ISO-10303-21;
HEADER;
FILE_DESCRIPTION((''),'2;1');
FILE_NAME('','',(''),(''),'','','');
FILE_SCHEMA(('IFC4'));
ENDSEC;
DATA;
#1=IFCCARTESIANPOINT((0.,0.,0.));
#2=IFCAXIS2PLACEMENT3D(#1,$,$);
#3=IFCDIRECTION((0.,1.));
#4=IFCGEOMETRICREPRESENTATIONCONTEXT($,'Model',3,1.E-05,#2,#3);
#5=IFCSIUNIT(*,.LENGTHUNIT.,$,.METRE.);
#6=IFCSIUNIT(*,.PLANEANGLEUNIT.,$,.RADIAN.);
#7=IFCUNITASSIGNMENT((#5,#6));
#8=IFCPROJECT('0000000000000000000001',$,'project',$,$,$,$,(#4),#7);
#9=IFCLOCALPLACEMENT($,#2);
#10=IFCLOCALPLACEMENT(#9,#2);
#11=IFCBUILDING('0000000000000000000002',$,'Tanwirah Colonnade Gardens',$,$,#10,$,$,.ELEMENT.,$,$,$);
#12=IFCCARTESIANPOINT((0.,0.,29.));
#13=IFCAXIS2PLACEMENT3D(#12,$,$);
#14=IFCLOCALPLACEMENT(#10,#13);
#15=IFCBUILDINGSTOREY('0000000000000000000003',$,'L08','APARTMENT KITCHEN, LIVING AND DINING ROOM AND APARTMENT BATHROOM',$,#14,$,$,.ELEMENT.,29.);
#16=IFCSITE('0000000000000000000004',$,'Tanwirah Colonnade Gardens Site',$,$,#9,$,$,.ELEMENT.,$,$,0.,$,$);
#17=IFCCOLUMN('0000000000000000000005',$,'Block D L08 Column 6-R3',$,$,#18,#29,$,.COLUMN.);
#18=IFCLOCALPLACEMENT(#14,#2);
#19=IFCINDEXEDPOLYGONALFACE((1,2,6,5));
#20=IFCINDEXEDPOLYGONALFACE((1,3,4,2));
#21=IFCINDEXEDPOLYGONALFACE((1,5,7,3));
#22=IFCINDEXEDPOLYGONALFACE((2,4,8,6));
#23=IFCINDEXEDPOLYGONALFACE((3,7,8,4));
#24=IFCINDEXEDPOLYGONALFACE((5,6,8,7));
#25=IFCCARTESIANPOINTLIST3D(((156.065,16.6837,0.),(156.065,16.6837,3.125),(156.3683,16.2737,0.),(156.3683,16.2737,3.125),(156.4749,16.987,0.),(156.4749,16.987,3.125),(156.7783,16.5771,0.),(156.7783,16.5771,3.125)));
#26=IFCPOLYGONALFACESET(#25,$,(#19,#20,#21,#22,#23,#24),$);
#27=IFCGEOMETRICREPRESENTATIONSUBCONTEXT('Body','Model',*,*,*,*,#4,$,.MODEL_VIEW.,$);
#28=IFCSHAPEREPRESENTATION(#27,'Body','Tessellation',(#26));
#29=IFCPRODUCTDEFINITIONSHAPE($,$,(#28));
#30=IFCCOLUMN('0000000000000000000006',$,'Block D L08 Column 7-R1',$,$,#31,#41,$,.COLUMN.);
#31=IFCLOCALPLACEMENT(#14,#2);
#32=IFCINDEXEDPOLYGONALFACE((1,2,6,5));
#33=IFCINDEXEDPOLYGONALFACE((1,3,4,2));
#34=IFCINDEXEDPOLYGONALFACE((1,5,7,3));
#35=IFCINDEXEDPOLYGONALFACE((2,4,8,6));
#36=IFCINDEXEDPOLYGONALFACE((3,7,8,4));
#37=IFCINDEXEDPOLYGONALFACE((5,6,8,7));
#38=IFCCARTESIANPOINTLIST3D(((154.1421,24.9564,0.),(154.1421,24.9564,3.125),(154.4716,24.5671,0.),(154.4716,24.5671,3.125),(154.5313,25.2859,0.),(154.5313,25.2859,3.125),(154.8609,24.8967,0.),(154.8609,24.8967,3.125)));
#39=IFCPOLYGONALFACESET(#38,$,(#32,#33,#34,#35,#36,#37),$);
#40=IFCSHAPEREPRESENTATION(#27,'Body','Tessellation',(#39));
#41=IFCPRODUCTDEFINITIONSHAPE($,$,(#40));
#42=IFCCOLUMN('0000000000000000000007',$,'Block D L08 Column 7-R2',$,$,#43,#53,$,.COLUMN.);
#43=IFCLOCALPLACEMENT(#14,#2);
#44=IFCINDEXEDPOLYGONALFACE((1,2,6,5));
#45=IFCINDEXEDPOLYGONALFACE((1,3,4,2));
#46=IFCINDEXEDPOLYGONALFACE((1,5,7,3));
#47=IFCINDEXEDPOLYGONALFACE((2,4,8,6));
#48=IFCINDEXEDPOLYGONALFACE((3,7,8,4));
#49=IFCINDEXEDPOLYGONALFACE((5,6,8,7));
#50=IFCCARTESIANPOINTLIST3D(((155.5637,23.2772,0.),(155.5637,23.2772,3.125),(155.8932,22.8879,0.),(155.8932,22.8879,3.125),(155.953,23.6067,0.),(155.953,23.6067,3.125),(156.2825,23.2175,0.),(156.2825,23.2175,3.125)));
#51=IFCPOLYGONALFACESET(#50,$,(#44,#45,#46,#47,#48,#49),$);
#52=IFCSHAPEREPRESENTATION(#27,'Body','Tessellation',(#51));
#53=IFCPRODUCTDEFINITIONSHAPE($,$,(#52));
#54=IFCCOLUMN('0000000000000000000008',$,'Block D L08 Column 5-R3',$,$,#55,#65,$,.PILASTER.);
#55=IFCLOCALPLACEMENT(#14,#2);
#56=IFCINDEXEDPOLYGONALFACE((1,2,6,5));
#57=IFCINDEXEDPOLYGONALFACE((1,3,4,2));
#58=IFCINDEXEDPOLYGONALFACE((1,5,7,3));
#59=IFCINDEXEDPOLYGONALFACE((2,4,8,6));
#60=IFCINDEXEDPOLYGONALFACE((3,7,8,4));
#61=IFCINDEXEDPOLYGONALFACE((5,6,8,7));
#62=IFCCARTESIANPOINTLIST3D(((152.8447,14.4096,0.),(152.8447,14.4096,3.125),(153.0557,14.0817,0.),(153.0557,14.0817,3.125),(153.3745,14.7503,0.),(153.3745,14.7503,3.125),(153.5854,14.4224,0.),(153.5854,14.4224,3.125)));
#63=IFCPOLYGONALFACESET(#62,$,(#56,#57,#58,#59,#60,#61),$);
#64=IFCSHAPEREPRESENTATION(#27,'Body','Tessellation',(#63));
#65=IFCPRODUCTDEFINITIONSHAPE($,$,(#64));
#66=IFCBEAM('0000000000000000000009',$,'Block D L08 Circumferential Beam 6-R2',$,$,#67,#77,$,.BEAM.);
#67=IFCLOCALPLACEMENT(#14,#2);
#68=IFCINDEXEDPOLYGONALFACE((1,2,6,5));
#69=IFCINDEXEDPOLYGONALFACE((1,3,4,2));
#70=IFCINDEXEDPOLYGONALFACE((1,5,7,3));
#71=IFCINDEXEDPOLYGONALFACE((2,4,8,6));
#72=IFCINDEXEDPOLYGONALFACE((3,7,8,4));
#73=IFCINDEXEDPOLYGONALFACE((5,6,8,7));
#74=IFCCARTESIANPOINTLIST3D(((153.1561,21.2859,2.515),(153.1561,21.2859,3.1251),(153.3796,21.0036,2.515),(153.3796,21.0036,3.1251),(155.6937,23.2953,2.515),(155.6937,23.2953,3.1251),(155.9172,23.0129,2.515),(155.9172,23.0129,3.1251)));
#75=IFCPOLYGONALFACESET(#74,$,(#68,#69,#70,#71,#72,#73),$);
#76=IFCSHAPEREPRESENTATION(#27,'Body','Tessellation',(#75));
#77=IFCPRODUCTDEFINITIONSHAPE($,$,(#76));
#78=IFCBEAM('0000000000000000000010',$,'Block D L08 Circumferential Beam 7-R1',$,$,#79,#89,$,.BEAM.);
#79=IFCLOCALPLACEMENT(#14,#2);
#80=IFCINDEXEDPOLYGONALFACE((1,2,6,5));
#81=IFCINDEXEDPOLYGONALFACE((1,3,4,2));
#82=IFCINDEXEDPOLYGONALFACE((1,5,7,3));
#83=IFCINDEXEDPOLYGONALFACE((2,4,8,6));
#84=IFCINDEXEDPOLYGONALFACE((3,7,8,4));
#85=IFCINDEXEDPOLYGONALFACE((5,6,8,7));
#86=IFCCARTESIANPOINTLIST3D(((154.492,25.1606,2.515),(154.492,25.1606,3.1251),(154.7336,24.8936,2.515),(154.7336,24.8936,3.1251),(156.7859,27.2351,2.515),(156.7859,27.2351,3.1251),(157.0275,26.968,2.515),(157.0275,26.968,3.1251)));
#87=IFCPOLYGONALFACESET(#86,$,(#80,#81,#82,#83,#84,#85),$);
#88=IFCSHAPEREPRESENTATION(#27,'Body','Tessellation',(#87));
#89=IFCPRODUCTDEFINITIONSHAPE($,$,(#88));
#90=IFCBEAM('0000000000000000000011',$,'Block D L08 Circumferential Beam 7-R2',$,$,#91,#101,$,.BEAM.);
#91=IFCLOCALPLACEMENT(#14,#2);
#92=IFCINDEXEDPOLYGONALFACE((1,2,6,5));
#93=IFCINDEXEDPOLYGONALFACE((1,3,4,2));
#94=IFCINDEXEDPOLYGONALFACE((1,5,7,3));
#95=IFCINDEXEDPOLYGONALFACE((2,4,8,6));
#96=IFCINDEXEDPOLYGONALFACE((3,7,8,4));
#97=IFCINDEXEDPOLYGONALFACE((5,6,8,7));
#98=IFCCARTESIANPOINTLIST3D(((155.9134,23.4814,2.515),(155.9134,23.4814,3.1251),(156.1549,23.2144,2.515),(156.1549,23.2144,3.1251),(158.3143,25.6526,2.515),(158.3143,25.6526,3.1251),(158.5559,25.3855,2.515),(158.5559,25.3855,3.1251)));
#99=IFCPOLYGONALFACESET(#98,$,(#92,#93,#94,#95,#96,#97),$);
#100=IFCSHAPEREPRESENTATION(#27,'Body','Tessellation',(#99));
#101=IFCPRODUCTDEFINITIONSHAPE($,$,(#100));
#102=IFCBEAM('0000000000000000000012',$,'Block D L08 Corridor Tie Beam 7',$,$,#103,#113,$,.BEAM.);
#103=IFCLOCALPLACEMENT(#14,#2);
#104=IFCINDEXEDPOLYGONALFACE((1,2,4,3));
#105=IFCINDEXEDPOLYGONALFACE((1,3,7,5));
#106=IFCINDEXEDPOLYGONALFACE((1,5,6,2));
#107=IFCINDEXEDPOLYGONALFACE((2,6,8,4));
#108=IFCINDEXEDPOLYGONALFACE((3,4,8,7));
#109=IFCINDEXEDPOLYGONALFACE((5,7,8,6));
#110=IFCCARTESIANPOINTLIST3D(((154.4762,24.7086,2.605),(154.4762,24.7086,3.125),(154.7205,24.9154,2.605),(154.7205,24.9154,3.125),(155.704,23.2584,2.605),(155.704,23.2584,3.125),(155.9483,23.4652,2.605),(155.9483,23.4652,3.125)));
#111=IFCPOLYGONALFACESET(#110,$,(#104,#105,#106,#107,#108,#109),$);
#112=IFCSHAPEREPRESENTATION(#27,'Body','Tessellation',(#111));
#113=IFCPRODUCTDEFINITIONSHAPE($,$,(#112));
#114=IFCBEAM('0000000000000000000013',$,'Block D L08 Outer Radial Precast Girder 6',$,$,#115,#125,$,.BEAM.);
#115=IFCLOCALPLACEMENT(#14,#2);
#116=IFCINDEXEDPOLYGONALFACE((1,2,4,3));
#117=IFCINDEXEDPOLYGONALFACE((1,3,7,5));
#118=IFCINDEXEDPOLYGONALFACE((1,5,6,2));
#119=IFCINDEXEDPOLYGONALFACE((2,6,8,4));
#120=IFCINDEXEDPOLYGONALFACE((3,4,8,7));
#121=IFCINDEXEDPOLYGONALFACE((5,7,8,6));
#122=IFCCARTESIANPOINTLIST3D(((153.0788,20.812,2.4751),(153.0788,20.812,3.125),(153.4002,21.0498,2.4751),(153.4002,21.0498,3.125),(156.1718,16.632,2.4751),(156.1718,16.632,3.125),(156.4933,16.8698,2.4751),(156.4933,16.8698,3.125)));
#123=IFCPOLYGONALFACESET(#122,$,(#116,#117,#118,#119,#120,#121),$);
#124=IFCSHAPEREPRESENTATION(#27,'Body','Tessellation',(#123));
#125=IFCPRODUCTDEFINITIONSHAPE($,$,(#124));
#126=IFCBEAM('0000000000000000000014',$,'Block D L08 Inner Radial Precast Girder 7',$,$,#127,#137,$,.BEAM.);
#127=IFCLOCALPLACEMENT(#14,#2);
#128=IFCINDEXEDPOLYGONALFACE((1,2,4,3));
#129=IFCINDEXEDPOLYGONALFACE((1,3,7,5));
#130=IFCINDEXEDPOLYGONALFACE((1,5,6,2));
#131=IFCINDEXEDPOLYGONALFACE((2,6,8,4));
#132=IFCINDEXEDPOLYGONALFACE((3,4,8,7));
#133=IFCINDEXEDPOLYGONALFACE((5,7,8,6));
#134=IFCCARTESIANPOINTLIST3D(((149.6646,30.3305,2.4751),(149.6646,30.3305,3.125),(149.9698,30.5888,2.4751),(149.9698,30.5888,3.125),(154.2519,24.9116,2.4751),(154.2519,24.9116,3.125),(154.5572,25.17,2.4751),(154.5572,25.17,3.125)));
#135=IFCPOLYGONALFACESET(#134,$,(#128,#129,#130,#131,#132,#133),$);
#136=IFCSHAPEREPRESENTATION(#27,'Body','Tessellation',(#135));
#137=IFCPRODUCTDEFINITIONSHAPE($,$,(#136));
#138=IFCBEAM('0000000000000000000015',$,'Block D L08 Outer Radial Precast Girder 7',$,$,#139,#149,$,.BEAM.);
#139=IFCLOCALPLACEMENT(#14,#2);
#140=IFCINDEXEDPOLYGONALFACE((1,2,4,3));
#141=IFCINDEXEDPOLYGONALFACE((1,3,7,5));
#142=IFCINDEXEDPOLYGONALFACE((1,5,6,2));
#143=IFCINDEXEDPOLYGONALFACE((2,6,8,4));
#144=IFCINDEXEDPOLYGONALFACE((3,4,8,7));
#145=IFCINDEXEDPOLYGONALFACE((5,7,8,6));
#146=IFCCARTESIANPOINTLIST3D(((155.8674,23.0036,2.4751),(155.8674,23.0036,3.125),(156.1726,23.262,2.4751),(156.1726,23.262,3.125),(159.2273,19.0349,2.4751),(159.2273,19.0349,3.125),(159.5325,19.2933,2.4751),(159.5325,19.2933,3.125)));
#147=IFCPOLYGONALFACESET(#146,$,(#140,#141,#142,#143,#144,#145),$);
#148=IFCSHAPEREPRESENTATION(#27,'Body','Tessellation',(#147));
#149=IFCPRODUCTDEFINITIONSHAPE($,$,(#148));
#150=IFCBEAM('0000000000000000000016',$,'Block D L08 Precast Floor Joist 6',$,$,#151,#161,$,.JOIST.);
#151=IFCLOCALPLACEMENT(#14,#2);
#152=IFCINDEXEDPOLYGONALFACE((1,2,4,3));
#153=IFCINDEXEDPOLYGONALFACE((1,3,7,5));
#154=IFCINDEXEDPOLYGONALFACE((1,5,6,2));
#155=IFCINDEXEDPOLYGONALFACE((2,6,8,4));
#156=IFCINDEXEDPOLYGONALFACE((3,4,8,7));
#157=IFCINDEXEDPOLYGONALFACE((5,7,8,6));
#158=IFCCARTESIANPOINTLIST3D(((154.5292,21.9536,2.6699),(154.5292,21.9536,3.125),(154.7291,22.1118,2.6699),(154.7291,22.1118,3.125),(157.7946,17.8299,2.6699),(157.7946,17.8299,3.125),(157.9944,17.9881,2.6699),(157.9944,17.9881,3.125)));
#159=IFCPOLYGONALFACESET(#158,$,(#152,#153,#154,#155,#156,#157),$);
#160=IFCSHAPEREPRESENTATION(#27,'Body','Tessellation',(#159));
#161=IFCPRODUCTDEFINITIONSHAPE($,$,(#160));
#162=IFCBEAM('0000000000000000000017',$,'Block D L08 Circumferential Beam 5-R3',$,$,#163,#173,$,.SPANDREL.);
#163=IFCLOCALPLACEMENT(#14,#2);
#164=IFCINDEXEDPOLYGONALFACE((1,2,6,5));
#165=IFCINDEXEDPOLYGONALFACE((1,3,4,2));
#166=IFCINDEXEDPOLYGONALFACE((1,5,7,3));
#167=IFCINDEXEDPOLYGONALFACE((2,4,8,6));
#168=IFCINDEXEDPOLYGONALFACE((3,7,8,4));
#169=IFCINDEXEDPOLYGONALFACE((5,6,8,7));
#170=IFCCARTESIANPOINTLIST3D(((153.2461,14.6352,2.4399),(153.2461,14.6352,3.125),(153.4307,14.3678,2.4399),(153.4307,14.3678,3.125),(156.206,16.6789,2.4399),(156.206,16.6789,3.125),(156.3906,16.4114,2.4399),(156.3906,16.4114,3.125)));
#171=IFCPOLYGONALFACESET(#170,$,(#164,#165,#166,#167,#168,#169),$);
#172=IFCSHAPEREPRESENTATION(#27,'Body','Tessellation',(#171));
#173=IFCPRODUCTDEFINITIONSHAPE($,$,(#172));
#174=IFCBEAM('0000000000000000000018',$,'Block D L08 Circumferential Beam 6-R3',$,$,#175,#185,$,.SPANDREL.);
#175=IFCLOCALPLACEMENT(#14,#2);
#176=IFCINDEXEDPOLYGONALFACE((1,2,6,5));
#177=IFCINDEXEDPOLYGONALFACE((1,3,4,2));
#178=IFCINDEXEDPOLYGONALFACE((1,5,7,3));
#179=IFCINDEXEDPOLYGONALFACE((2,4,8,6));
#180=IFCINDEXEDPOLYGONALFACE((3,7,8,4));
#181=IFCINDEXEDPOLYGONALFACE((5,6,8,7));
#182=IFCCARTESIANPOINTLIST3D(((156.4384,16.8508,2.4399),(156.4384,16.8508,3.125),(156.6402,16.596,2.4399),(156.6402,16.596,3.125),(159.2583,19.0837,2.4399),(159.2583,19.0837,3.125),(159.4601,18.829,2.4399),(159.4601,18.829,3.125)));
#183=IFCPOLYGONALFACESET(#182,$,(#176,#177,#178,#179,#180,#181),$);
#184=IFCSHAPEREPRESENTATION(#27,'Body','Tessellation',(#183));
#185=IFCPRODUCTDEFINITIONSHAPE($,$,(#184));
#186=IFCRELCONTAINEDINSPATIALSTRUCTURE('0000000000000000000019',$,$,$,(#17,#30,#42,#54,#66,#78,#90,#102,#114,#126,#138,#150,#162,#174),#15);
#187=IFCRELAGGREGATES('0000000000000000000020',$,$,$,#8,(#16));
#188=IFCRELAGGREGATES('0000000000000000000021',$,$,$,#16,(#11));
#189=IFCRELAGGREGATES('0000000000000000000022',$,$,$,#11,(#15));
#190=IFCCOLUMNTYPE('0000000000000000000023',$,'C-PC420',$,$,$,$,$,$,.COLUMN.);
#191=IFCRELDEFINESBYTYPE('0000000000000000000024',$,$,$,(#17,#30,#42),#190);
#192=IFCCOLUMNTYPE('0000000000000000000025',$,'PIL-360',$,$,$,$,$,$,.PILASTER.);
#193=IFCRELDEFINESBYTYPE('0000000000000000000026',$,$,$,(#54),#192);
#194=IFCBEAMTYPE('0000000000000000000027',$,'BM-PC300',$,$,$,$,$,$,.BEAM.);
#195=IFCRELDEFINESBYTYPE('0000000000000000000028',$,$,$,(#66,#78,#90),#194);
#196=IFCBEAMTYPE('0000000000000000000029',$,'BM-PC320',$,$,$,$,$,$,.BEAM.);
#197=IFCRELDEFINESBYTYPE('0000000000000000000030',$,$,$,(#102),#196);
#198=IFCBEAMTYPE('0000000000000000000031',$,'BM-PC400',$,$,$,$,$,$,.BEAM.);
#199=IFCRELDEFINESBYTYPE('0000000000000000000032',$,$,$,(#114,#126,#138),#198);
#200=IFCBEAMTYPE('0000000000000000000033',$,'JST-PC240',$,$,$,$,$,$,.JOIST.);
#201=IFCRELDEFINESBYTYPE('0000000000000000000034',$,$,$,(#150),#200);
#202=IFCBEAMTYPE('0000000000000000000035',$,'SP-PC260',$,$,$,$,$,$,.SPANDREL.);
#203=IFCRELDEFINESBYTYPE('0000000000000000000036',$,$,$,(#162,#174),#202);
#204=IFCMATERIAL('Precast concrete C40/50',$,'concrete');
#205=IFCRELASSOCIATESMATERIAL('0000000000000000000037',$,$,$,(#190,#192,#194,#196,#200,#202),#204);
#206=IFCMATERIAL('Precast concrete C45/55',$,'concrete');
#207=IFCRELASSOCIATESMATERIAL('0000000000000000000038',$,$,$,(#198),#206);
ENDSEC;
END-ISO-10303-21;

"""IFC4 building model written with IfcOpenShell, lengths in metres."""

from ifc_helpers import new_model, si_unit, direction, frame, origin, origin_2d, place, context, subcontext, project, spatial, rectangle, extrude, material, material_profile, profile_set, type_object, element, save


model = new_model("IFC4")

# Units and contexts
model_context = context("Model", 3, precision=1e-05, world=origin(), true_north=direction((0.0, 1.0)))
body_context = subcontext(model_context, "Body", "Model", "MODEL_VIEW")
ifc_project = project(units=[si_unit("LENGTHUNIT", "METRE"), si_unit("PLANEANGLEUNIT", "RADIAN")], contexts=[model_context])

# Site, building, storey
site_placement = place(None, origin())
site = spatial("IfcSite", under=ifc_project, at=site_placement, Name="Tanwirah Colonnade Gardens Site", CompositionType="ELEMENT", RefElevation=0.0)
building_placement = place(site_placement, origin())
building = spatial("IfcBuilding", under=site, at=building_placement, Name="Tanwirah Colonnade Gardens", CompositionType="ELEMENT")
storey_placement = place(building_placement, frame((0.0, 0.0, 29.0)))
storey = spatial("IfcBuildingStorey", under=building, at=storey_placement, Name="L08", Description="APARTMENT KITCHEN, LIVING AND DINING ROOM AND APARTMENT BATHROOM", CompositionType="ELEMENT", Elevation=29.0)

# Columns
ifc_material_1 = material(Name="Precast concrete C40/50", Category="concrete")
ifc_material_profile_1 = material_profile(ifc_material_1, rectangle(XDim=0.51, YDim=0.51, at=origin_2d()), Name="PC-COL 510x510")
ifc_profile_set_1 = profile_set([ifc_material_profile_1], Name="Precast concrete C40/50")
column_type_1 = type_object("IfcColumnType", Name="C-PC420", PredefinedType="COLUMN", material=ifc_profile_set_1)
for number, where, z_axis, x_axis, name in (
    (1, (156.4216, 16.6304, 0.0), (0.0, 0.0, 1.0), (0.594823, -0.803857, 0.0), "Block D L08 Column 6-R3"),
    (2, (154.5015, 24.9265, 0.0), (0.0, 0.0, 1.0), (0.646124, -0.763232, 0.0), "Block D L08 Column 7-R1"),
    (3, (155.9231, 23.2473, 0.0), (0.0, 0.0, 1.0), (0.646124, -0.763232, 0.0), "Block D L08 Column 7-R2"),
):
    element("IfcColumn", number, at=place(storey_placement, frame(where, z_axis=z_axis, x_axis=x_axis)), inside=storey, type_object=column_type_1, Name=name, PredefinedType="COLUMN", context=body_context, shape_type="SweptSolid", body=[
        extrude(rectangle(XDim=0.51, YDim=0.51, at=origin_2d()), origin(), (0.0, 0.0, 1.0), 3.125),
    ])
ifc_material_profile_2 = material_profile(ifc_material_1, rectangle(XDim=0.3899, YDim=0.6299, at=origin_2d()), Name="PC-PIL 390x630")
ifc_profile_set_2 = profile_set([ifc_material_profile_2], Name="Precast concrete C40/50")
column_type_2 = type_object("IfcColumnType", Name="PIL-360", PredefinedType="PILASTER", material=ifc_profile_set_2)
column_placement = place(storey_placement, frame((153.2151, 14.416, 0.0), z_axis=(0.0, 0.0, 1.0), x_axis=(0.540974, -0.841039, 0.0)))
element("IfcColumn", 4, at=column_placement, inside=storey, type_object=column_type_2, Name="Block D L08 Column 5-R3", PredefinedType="PILASTER", context=body_context, shape_type="SweptSolid", body=[
    extrude(rectangle(XDim=0.3899, YDim=0.6299, at=origin_2d()), origin(), (0.0, 0.0, 1.0), 3.125),
])

# Beams
ifc_material_profile_3 = material_profile(ifc_material_1, rectangle(XDim=0.3601, YDim=0.6101, at=origin_2d()), Name="PC-BM 360x610")
ifc_profile_set_3 = profile_set([ifc_material_profile_3], Name="Precast concrete C40/50")
beam_type_1 = type_object("IfcBeamType", Name="BM-PC300", PredefinedType="BEAM", material=ifc_profile_set_3)
beam_1_placement = place(storey_placement, frame((153.2678, 21.1448, 2.8201), z_axis=(0.783994, 0.620769, 0.0), x_axis=(-0.620769, 0.783994, 0.0)))
element("IfcBeam", 5, at=beam_1_placement, inside=storey, type_object=beam_type_1, Name="Block D L08 Circumferential Beam 6-R2", PredefinedType="BEAM", context=body_context, shape_type="SweptSolid", body=[
    extrude(rectangle(XDim=0.3601, YDim=0.6101, at=origin_2d()), origin(), (0.0, 0.0, 1.0), 3.2368),
])
beam_2_placement = place(storey_placement, frame((154.6128, 25.0271, 2.8201), z_axis=(0.741698, 0.670733, 0.0), x_axis=(-0.670733, 0.741698, 0.0)))
element("IfcBeam", 6, at=beam_2_placement, inside=storey, type_object=beam_type_1, Name="Block D L08 Circumferential Beam 7-R1", PredefinedType="BEAM", context=body_context, shape_type="SweptSolid", body=[
    extrude(rectangle(XDim=0.3601, YDim=0.6101, at=origin_2d()), origin(), (0.0, 0.0, 1.0), 3.0928),
])
beam_3_placement = place(storey_placement, frame((156.0342, 23.3479, 2.8201), z_axis=(0.741702, 0.67073, 0.0), x_axis=(-0.67073, 0.741702, 0.0)))
element("IfcBeam", 7, at=beam_3_placement, inside=storey, type_object=beam_type_1, Name="Block D L08 Circumferential Beam 7-R2", PredefinedType="BEAM", context=body_context, shape_type="SweptSolid", body=[
    extrude(rectangle(XDim=0.3601, YDim=0.6101, at=origin_2d()), origin(), (0.0, 0.0, 1.0), 3.2371),
])
ifc_material_profile_4 = material_profile(ifc_material_1, rectangle(XDim=0.3201, YDim=0.52, at=origin_2d()), Name="PC-BM 320x520")
ifc_profile_set_4 = profile_set([ifc_material_profile_4], Name="Precast concrete C40/50")
beam_type_2 = type_object("IfcBeamType", Name="BM-PC320", PredefinedType="BEAM", material=ifc_profile_set_4)
beam_4_placement = place(storey_placement, frame((154.5984, 24.812, 2.865), z_axis=(0.646155, -0.763206, 0.0), x_axis=(0.763206, 0.646155, 0.0)))
element("IfcBeam", 8, at=beam_4_placement, inside=storey, type_object=beam_type_2, Name="Block D L08 Corridor Tie Beam 7", PredefinedType="BEAM", context=body_context, shape_type="SweptSolid", body=[
    extrude(rectangle(XDim=0.3201, YDim=0.52, at=origin_2d()), origin(), (0.0, 0.0, 1.0), 1.9001),
])
ifc_material_2 = material(Name="Precast concrete C45/55", Category="concrete")
ifc_material_profile_5 = material_profile(ifc_material_2, rectangle(XDim=0.3999, YDim=0.6499, at=origin_2d()), Name="PC-BM 400x650")
ifc_profile_set_5 = profile_set([ifc_material_profile_5], Name="Precast concrete C45/55")
beam_type_3 = type_object("IfcBeamType", Name="BM-PC400", PredefinedType="BEAM", material=ifc_profile_set_5)
beam_5_placement = place(storey_placement, frame((153.2395, 20.9309, 2.8), z_axis=(0.594827, -0.803854, 0.0), x_axis=(0.803854, 0.594827, 0.0)))
element("IfcBeam", 9, at=beam_5_placement, inside=storey, type_object=beam_type_3, Name="Block D L08 Outer Radial Precast Girder 6", PredefinedType="BEAM", context=body_context, shape_type="SweptSolid", body=[
    extrude(rectangle(XDim=0.3999, YDim=0.6499, at=origin_2d()), origin(), (0.0, 0.0, 1.0), 5.2),
])
beam_6_placement = place(storey_placement, frame((154.4045, 25.0408, 2.8), z_axis=(-0.646118, 0.763238, 0.0), x_axis=(-0.763238, -0.646118, 0.0)))
element("IfcBeam", 10, at=beam_6_placement, inside=storey, type_object=beam_type_3, Name="Block D L08 Inner Radial Precast Girder 7", PredefinedType="BEAM", context=body_context, shape_type="SweptSolid", body=[
    extrude(rectangle(XDim=0.3999, YDim=0.6499, at=origin_2d()), origin(), (0.0, 0.0, 1.0), 7.0999),
])
beam_7_placement = place(storey_placement, frame((156.02, 23.1328, 2.8), z_axis=(0.646132, -0.763226, 0.0), x_axis=(0.763226, 0.646132, 0.0)))
element("IfcBeam", 11, at=beam_7_placement, inside=storey, type_object=beam_type_3, Name="Block D L08 Outer Radial Precast Girder 7", PredefinedType="BEAM", context=body_context, shape_type="SweptSolid", body=[
    extrude(rectangle(XDim=0.3999, YDim=0.6499, at=origin_2d()), origin(), (0.0, 0.0, 1.0), 5.2),
])
ifc_material_profile_6 = material_profile(ifc_material_1, rectangle(XDim=0.2549, YDim=0.4551, at=origin_2d()), Name="PC-JST 255x455")
ifc_profile_set_6 = profile_set([ifc_material_profile_6], Name="Precast concrete C40/50")
beam_type_4 = type_object("IfcBeamType", Name="JST-PC240", PredefinedType="JOIST", material=ifc_profile_set_6)
beam_8_placement = place(storey_placement, frame((154.6292, 22.0327, 2.8975), z_axis=(0.620787, -0.783979, 0.0), x_axis=(0.783979, 0.620787, 0.0)))
element("IfcBeam", 12, at=beam_8_placement, inside=storey, type_object=beam_type_4, Name="Block D L08 Precast Floor Joist 6", PredefinedType="JOIST", context=body_context, shape_type="SweptSolid", body=[
    extrude(rectangle(XDim=0.2549, YDim=0.4551, at=origin_2d()), origin(), (0.0, 0.0, 1.0), 5.26),
])
ifc_material_profile_7 = material_profile(ifc_material_1, rectangle(XDim=0.325, YDim=0.6851, at=origin_2d()), Name="PC-SP 325x685")
ifc_profile_set_7 = profile_set([ifc_material_profile_7], Name="Precast concrete C40/50")
beam_type_5 = type_object("IfcBeamType", Name="SP-PC260", PredefinedType="SPANDREL", material=ifc_profile_set_7)
for number, where, z_axis, x_axis, name in (
    (13, (153.3384, 14.5015, 2.7825), (0.822907, 0.568175, 0.0), (-0.568175, 0.822907, 0.0), "Block D L08 Circumferential Beam 5-R3"),
    (14, (156.5393, 16.7234, 2.7825), (0.783971, 0.620797, 0.0), (-0.620797, 0.783971, 0.0), "Block D L08 Circumferential Beam 6-R3"),
):
    element("IfcBeam", number, at=place(storey_placement, frame(where, z_axis=z_axis, x_axis=x_axis)), inside=storey, type_object=beam_type_5, Name=name, PredefinedType="SPANDREL", context=body_context, shape_type="SweptSolid", body=[
        extrude(rectangle(XDim=0.325, YDim=0.6851, at=origin_2d()), origin(), (0.0, 0.0, 1.0), 3.5969),
    ])

save(model, "model.ifc")
